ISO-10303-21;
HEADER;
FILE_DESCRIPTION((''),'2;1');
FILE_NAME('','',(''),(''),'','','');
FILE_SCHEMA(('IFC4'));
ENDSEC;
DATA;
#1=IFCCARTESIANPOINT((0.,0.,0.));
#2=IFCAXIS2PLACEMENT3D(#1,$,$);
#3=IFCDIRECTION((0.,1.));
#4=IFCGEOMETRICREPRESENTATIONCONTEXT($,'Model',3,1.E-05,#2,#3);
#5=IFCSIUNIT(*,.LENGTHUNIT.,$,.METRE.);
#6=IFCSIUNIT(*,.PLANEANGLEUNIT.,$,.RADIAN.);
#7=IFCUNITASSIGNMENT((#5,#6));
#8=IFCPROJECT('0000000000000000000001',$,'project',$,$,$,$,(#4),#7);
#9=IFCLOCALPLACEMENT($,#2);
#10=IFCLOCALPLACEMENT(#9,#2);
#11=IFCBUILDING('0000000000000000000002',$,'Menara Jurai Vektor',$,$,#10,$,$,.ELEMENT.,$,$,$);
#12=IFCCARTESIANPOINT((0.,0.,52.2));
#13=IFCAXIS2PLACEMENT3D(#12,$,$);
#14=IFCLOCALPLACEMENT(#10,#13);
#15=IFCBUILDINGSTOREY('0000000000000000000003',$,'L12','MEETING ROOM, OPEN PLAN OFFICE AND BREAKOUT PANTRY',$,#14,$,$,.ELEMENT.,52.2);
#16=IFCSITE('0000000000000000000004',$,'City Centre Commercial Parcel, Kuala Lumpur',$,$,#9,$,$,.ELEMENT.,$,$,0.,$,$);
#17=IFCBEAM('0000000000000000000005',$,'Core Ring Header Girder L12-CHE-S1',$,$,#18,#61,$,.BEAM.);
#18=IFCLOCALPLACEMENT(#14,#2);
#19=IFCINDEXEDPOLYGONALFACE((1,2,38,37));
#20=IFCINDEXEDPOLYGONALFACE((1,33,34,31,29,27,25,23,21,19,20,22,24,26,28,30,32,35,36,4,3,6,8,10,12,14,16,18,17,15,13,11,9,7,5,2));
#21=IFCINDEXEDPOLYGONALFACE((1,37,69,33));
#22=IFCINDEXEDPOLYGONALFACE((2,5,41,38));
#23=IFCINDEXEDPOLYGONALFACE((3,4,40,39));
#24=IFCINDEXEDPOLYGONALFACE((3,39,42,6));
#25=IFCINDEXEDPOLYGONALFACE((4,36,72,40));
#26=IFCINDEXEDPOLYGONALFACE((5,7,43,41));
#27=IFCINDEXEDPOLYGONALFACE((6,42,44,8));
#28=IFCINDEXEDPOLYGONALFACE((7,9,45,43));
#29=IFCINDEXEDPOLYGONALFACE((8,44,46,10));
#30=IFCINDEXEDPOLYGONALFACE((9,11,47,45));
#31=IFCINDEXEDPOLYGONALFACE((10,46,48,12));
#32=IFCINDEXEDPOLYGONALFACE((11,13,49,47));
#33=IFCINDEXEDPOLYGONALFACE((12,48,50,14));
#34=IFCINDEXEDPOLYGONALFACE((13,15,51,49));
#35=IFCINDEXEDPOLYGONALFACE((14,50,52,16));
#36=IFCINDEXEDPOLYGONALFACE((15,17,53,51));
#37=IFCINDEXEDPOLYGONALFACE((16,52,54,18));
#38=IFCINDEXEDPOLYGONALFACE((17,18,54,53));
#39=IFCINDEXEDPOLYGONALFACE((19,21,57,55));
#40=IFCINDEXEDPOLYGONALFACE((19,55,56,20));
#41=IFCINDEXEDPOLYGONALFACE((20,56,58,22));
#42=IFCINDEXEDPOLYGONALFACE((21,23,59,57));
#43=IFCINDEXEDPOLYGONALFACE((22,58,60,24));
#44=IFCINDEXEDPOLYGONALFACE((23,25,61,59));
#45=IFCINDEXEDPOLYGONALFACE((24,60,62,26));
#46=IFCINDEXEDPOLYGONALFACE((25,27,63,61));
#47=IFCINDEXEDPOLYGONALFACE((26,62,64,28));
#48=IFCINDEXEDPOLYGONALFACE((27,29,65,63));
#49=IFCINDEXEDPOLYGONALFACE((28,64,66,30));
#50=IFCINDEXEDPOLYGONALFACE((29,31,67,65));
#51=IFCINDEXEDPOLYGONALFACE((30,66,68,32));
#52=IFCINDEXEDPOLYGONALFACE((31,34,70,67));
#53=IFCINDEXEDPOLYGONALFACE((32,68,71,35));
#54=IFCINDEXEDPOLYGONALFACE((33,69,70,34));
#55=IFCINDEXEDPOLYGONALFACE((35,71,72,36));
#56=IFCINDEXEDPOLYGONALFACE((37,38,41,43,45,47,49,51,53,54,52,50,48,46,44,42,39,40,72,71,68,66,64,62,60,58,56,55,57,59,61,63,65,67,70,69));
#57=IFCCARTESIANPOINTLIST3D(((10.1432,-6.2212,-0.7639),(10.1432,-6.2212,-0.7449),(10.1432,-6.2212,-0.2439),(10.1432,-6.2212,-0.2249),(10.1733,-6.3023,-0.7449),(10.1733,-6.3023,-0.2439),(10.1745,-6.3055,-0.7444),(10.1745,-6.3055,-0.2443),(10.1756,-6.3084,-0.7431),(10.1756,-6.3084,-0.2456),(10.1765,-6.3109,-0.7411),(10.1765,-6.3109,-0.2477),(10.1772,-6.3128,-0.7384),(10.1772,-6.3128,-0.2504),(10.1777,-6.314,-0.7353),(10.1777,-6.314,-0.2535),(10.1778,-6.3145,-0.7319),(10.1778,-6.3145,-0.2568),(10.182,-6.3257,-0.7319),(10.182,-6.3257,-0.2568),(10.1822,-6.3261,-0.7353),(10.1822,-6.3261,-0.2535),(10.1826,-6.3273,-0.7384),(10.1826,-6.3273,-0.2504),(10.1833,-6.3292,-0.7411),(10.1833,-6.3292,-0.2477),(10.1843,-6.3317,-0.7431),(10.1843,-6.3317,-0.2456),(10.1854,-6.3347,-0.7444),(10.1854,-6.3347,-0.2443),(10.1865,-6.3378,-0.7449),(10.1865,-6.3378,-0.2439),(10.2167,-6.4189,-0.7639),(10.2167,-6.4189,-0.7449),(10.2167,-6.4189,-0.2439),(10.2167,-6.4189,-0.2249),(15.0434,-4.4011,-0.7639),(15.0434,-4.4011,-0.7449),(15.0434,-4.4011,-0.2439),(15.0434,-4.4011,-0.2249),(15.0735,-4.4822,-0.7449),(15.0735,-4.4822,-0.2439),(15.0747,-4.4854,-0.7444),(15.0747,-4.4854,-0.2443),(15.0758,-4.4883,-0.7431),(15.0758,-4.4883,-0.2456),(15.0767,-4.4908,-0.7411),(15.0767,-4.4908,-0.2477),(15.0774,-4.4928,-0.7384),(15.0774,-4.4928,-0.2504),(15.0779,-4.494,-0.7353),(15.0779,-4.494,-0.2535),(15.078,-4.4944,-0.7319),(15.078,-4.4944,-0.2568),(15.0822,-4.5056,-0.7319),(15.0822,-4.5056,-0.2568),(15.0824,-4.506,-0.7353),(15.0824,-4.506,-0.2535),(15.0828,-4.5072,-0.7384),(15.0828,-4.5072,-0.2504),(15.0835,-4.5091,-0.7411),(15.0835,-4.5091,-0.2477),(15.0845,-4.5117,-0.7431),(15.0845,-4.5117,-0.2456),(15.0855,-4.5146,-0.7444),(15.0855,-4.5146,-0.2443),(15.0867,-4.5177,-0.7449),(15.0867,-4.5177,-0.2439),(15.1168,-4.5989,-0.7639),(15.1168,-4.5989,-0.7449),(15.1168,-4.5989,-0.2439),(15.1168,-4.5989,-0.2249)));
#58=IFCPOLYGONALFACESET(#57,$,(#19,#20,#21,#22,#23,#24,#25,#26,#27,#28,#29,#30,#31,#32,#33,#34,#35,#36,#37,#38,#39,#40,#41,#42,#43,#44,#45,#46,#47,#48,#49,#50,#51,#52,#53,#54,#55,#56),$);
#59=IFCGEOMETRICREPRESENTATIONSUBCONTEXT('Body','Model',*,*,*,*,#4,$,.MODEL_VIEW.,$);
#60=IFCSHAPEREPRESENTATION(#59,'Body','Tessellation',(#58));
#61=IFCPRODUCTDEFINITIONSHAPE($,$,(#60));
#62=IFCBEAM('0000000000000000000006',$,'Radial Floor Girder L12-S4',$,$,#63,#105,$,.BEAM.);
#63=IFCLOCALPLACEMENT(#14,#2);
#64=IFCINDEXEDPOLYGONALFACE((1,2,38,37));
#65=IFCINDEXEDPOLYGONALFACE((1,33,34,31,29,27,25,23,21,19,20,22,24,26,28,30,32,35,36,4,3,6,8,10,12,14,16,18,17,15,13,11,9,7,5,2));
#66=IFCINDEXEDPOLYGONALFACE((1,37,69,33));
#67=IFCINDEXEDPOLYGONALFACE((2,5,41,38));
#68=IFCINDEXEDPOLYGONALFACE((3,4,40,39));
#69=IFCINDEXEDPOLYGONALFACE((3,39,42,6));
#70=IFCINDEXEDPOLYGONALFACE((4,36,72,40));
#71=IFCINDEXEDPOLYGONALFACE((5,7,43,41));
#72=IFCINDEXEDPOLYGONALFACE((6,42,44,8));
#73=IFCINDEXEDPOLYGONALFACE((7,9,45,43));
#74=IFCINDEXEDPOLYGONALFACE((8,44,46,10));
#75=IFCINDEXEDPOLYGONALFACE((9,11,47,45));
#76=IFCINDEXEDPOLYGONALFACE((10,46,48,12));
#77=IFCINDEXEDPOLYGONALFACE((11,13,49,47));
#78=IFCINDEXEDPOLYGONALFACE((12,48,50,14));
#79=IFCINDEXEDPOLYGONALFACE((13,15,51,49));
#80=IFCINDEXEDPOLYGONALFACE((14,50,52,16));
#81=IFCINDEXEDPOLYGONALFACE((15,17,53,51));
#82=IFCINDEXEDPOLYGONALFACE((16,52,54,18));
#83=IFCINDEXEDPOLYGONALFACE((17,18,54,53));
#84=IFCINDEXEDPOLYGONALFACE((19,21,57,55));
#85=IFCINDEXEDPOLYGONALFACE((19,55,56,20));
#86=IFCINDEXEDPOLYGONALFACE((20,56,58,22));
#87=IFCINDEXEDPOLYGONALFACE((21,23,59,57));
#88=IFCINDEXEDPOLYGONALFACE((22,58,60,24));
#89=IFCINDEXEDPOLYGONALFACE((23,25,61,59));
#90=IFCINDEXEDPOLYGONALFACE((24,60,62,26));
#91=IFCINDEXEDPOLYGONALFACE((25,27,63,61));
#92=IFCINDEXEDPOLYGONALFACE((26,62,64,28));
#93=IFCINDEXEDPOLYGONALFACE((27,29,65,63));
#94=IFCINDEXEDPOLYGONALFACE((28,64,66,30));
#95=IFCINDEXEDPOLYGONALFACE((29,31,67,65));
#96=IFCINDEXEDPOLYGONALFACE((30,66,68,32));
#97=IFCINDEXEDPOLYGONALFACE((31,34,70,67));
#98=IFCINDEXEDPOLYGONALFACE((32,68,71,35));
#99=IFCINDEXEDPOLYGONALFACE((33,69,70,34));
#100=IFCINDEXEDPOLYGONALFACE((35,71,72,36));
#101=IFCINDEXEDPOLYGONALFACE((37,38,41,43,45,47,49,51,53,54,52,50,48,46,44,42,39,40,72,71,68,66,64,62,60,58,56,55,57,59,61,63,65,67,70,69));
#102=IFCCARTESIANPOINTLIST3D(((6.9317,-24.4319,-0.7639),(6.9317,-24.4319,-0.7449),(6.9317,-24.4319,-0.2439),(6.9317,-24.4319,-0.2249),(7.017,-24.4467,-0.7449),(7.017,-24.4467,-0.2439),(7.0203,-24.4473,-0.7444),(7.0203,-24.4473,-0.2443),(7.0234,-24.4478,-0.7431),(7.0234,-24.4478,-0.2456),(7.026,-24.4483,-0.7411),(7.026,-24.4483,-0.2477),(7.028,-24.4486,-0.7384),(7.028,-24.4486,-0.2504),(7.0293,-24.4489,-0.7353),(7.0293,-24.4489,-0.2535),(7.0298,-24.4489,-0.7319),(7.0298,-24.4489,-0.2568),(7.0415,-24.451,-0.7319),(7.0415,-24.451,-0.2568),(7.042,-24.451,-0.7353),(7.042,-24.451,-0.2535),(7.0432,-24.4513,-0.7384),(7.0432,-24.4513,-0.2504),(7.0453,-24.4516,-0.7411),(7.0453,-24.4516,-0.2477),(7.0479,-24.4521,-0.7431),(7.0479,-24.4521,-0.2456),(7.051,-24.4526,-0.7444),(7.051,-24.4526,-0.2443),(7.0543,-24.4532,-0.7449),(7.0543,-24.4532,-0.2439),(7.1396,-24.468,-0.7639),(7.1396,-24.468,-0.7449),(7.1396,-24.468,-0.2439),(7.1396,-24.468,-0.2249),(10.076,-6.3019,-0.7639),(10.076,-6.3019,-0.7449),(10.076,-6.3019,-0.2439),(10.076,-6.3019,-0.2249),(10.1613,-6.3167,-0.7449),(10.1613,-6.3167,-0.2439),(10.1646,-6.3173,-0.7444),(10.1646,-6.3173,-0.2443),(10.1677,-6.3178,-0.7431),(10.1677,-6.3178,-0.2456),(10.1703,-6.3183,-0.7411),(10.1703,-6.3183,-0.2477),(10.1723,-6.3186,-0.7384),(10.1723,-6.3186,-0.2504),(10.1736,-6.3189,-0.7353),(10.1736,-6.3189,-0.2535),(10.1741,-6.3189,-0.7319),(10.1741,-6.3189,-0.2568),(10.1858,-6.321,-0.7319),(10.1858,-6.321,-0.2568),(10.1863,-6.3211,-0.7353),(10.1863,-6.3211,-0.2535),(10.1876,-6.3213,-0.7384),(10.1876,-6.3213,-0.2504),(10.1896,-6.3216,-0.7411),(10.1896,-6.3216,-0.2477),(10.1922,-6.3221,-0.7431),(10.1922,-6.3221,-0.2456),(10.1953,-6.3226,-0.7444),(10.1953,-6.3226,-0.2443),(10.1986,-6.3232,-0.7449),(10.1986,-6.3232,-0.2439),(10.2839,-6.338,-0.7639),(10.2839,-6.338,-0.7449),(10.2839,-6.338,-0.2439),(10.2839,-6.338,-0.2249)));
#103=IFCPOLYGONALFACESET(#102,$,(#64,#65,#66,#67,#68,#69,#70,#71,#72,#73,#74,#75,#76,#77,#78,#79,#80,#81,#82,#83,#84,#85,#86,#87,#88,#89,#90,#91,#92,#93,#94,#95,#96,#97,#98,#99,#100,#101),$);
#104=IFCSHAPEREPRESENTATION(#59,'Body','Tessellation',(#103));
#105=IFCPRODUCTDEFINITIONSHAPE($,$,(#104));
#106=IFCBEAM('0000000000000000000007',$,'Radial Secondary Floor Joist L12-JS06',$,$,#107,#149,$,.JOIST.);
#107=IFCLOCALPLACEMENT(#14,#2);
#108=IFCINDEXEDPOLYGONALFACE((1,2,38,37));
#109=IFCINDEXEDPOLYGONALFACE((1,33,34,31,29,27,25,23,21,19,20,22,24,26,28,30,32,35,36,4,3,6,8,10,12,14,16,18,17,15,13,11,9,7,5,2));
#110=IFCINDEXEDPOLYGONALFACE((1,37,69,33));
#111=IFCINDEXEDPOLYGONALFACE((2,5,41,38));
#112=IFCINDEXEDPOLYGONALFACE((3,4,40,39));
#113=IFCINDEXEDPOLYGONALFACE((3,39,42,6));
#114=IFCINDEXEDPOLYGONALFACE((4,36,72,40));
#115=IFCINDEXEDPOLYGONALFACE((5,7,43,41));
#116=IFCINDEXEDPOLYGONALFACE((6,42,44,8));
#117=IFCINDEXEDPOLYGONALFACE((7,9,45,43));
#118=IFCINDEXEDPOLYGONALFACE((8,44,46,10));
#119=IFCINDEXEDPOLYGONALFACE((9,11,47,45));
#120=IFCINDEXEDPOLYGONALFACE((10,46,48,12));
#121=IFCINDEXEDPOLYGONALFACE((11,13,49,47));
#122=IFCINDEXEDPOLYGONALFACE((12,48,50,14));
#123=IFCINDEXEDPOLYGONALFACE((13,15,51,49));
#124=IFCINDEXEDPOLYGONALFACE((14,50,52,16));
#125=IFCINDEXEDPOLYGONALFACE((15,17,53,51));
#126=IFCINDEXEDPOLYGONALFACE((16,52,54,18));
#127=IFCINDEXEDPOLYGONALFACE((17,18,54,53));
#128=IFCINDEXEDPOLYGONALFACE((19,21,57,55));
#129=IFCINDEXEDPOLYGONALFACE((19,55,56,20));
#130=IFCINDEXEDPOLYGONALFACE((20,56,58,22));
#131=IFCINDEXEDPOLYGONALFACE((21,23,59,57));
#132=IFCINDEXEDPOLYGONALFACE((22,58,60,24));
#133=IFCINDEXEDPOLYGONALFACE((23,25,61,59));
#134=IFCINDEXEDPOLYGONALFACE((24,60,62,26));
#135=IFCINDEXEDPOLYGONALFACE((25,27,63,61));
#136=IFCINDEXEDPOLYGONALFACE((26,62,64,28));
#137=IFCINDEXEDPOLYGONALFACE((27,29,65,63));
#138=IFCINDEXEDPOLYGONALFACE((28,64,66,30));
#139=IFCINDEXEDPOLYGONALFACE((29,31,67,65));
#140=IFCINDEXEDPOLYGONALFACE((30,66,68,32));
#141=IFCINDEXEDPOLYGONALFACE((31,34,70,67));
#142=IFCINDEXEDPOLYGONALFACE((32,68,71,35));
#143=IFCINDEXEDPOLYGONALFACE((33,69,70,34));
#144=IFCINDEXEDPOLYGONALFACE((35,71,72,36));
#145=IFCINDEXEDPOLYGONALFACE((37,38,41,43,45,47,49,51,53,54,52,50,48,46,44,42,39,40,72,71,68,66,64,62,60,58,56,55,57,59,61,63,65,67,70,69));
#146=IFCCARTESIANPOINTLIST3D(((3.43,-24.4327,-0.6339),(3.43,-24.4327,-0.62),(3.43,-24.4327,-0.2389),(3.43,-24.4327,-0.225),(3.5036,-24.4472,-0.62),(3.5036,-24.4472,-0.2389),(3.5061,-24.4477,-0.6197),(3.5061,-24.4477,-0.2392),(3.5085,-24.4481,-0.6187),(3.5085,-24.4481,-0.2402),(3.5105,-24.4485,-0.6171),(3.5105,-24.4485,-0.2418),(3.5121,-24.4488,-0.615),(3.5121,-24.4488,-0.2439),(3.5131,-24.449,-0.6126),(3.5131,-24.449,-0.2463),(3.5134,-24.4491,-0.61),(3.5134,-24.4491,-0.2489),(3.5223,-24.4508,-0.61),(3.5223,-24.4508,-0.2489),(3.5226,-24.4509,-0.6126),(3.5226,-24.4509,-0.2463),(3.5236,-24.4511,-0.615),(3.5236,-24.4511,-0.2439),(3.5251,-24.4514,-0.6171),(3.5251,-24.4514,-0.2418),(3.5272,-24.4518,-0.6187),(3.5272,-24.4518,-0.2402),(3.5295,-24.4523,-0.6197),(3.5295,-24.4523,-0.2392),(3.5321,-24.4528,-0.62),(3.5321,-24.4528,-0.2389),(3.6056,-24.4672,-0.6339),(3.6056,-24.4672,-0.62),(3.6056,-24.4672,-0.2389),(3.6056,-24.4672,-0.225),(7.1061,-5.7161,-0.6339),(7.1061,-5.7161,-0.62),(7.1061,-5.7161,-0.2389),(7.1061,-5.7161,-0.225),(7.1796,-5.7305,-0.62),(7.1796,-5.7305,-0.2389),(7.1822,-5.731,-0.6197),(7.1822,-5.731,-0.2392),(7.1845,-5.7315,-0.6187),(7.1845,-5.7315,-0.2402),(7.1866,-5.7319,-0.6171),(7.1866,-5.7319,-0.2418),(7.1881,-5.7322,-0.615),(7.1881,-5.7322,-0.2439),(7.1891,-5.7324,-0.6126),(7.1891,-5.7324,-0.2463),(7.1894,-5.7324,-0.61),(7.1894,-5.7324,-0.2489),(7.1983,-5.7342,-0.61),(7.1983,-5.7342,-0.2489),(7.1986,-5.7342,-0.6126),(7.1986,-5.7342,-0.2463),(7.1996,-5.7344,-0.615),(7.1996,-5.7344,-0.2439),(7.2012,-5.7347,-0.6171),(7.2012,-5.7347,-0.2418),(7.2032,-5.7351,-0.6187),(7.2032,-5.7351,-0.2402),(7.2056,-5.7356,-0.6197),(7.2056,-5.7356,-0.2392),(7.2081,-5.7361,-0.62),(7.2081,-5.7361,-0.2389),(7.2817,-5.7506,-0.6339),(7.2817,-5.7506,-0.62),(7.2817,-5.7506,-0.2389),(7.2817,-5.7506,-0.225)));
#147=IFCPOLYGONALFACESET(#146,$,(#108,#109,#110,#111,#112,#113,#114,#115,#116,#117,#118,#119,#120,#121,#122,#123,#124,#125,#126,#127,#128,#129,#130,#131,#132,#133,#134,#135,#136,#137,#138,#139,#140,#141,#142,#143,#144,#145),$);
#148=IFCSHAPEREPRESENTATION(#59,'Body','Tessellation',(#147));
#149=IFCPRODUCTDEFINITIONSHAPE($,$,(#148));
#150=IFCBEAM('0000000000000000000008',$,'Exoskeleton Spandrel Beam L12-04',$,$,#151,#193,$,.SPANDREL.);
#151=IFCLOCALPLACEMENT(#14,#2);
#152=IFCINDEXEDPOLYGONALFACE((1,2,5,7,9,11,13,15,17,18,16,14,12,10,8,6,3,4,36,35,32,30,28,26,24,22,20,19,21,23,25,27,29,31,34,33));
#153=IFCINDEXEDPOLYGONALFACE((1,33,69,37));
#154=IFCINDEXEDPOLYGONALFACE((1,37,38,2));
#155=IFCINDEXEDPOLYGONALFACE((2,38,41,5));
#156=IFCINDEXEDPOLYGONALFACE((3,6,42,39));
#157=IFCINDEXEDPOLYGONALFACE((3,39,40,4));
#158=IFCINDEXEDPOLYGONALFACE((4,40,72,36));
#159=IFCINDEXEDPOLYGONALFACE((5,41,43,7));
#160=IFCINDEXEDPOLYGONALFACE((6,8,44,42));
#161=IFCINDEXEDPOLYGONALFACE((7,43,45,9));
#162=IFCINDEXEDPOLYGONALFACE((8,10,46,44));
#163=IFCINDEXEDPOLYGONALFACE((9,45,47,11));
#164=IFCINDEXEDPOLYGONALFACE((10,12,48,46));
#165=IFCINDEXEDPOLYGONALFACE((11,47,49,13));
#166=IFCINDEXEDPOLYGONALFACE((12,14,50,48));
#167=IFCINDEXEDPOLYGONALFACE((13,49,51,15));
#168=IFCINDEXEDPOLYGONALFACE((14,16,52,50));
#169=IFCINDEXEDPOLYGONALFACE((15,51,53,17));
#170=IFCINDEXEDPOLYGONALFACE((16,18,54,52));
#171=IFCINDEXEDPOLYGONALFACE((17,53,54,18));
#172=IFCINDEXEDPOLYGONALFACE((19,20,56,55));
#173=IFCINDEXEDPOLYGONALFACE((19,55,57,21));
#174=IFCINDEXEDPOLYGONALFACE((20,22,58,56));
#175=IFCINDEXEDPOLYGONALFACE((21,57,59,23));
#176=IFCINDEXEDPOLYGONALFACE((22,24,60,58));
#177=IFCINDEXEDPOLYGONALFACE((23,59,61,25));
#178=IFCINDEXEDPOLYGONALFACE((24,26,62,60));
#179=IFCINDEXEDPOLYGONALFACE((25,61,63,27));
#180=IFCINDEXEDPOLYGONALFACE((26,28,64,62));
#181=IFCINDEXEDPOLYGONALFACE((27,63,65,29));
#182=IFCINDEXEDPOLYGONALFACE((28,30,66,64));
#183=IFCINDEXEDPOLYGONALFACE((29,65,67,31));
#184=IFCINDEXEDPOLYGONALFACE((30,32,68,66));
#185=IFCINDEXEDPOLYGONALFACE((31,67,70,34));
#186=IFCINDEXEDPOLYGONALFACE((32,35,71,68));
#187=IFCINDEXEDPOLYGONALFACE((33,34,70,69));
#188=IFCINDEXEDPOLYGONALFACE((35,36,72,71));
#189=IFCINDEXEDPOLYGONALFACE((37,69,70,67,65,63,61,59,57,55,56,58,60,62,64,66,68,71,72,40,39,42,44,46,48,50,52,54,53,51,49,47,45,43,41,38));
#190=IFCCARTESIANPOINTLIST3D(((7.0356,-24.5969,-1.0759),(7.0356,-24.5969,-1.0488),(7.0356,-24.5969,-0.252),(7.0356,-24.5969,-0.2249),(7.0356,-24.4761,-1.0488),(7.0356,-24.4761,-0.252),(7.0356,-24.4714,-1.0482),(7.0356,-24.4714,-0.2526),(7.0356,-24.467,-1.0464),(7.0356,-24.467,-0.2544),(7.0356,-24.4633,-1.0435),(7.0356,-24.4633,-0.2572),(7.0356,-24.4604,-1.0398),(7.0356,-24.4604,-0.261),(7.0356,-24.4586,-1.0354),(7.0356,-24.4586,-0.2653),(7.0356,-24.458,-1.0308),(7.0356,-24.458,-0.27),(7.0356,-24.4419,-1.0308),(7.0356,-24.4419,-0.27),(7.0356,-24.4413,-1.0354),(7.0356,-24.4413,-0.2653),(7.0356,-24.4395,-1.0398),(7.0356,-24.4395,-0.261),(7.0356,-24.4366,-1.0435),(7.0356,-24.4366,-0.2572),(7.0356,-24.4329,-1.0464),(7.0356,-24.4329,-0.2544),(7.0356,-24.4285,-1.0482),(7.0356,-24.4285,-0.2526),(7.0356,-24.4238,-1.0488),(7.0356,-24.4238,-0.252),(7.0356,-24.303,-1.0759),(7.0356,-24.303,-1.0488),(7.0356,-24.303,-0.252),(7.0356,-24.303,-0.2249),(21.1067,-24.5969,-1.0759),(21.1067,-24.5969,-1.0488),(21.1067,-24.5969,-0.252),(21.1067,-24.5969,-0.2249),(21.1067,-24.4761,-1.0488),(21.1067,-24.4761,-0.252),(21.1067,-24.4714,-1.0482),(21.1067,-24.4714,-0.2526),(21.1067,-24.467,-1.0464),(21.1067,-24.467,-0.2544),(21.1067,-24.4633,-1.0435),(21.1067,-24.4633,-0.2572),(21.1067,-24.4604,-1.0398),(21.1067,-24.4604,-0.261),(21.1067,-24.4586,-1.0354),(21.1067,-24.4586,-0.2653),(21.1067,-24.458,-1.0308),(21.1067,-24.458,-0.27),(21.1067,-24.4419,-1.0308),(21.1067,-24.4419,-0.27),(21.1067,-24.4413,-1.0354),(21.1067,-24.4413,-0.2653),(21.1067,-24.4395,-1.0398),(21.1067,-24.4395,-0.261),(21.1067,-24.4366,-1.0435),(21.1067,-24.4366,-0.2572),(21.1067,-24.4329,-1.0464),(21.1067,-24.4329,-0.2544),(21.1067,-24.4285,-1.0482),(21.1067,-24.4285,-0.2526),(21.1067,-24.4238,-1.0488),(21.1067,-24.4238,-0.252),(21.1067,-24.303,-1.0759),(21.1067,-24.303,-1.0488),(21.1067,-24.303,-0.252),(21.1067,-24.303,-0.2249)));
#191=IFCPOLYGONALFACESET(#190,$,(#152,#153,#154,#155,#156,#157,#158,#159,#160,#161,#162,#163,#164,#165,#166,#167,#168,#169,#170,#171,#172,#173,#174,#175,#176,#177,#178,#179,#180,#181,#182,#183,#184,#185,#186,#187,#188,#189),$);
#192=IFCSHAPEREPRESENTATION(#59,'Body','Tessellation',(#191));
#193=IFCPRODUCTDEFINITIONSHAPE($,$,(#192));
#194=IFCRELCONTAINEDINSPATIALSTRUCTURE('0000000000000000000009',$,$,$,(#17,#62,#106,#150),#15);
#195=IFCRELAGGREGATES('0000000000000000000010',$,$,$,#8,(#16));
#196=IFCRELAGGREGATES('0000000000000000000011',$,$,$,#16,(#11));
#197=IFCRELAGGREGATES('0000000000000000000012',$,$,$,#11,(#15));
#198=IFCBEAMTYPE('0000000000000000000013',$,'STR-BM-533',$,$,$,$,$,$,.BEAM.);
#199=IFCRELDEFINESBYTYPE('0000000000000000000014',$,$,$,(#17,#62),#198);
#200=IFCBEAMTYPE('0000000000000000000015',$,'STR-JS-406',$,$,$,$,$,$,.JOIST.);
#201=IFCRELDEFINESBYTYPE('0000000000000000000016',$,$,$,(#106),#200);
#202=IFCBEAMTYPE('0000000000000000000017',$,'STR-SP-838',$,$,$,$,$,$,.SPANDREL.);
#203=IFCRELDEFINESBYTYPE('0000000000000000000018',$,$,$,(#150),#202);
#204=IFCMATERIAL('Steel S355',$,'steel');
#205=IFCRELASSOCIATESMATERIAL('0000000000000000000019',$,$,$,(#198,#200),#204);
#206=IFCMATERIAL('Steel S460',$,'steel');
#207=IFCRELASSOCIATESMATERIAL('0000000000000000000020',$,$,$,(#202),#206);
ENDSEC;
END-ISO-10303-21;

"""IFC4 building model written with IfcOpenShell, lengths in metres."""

from ifc_helpers import new_model, si_unit, direction, frame, origin, origin_2d, place, context, subcontext, project, spatial, i_section, extrude, material, material_profile, profile_set, type_object, element, save


model = new_model("IFC4")

# Units and contexts
model_context = context("Model", 3, precision=1e-05, world=origin(), true_north=direction((0.0, 1.0)))
body_context = subcontext(model_context, "Body", "Model", "MODEL_VIEW")
ifc_project = project(units=[si_unit("LENGTHUNIT", "METRE"), si_unit("PLANEANGLEUNIT", "RADIAN")], contexts=[model_context])

# Site, building, storey
site_placement = place(None, origin())
site = spatial("IfcSite", under=ifc_project, at=site_placement, Name="City Centre Commercial Parcel, Kuala Lumpur", CompositionType="ELEMENT", RefElevation=0.0)
building_placement = place(site_placement, origin())
building = spatial("IfcBuilding", under=site, at=building_placement, Name="Menara Jurai Vektor", CompositionType="ELEMENT")
storey_placement = place(building_placement, frame((0.0, 0.0, 52.2)))
storey = spatial("IfcBuildingStorey", under=building, at=storey_placement, Name="L12", Description="MEETING ROOM, OPEN PLAN OFFICE AND BREAKOUT PANTRY", CompositionType="ELEMENT", Elevation=52.2)

# Shared definitions
ifc_material_1 = material(Name="Steel S460", Category="steel")

# Beams
ifc_material_2 = material(Name="Steel S355", Category="steel")
ifc_material_profile_1 = material_profile(ifc_material_2, i_section(OverallWidth=0.2109, OverallDepth=0.5391, WebThickness=0.012, FlangeThickness=0.019, FilletRadius=0.0129, at=origin_2d()), Name="UKB 533x210x109")
ifc_profile_set_1 = profile_set([ifc_material_profile_1], Name="Steel S355")
beam_type_1 = type_object("IfcBeamType", Name="STR-BM-533", PredefinedType="BEAM", material=ifc_profile_set_1)
beam_1_placement = place(storey_placement, frame((10.1799, -6.3201, -0.4944), z_axis=(0.937424, 0.348189, 0.0), x_axis=(-0.348189, 0.937424, 0.0)))
element("IfcBeam", 1, at=beam_1_placement, inside=storey, type_object=beam_type_1, Name="Core Ring Header Girder L12-CHE-S1", PredefinedType="BEAM", context=body_context, shape_type="SweptSolid", body=[
    extrude(i_section(OverallWidth=0.2109, OverallDepth=0.5391, WebThickness=0.012, FlangeThickness=0.019, FilletRadius=0.0129, at=origin_2d()), origin(), (0.0, 0.0, 1.0), 5.2273),
])
beam_2_placement = place(storey_placement, frame((7.0356, -24.45, -0.4944), z_axis=(0.17088, 0.985292, 0.0), x_axis=(-0.985292, 0.17088, 0.0)))
element("IfcBeam", 2, at=beam_2_placement, inside=storey, type_object=beam_type_1, Name="Radial Floor Girder L12-S4", PredefinedType="BEAM", context=body_context, shape_type="SweptSolid", body=[
    extrude(i_section(OverallWidth=0.2109, OverallDepth=0.5391, WebThickness=0.012, FlangeThickness=0.019, FilletRadius=0.0129, at=origin_2d()), origin(), (0.0, 0.0, 1.0), 18.4006),
])
ifc_material_profile_2 = material_profile(ifc_material_2, i_section(OverallWidth=0.179, OverallDepth=0.4089, WebThickness=0.009, FlangeThickness=0.0139, FilletRadius=0.01, at=origin_2d()), Name="UKB 406x178x67")
ifc_profile_set_2 = profile_set([ifc_material_profile_2], Name="Steel S355")
beam_type_2 = type_object("IfcBeamType", Name="STR-JS-406", PredefinedType="JOIST", material=ifc_profile_set_2)
beam_3_placement = place(storey_placement, frame((3.5178, -24.45, -0.4294), z_axis=(0.192723, 0.981253, 0.0), x_axis=(-0.981253, 0.192723, 0.0)))
element("IfcBeam", 3, at=beam_3_placement, inside=storey, type_object=beam_type_2, Name="Radial Secondary Floor Joist L12-JS06", PredefinedType="JOIST", context=body_context, shape_type="SweptSolid", body=[
    extrude(i_section(OverallWidth=0.179, OverallDepth=0.4089, WebThickness=0.009, FlangeThickness=0.0139, FilletRadius=0.01, at=origin_2d()), origin(), (0.0, 0.0, 1.0), 19.0742),
])
ifc_material_profile_3 = material_profile(ifc_material_1, i_section(OverallWidth=0.2939, OverallDepth=0.8511, WebThickness=0.0161, FlangeThickness=0.0271, FilletRadius=0.0181, at=origin_2d()), Name="UKB 838x292x226")
ifc_profile_set_3 = profile_set([ifc_material_profile_3], Name="Steel S460")
beam_type_3 = type_object("IfcBeamType", Name="STR-SP-838", PredefinedType="SPANDREL", material=ifc_profile_set_3)
beam_4_placement = place(storey_placement, frame((7.0356, -24.45, -0.6504), z_axis=(1.0, 0.0, 0.0), x_axis=(0.0, 1.0, 0.0)))
element("IfcBeam", 4, at=beam_4_placement, inside=storey, type_object=beam_type_3, Name="Exoskeleton Spandrel Beam L12-04", PredefinedType="SPANDREL", context=body_context, shape_type="SweptSolid", body=[
    extrude(i_section(OverallWidth=0.2939, OverallDepth=0.8511, WebThickness=0.0161, FlangeThickness=0.0271, FilletRadius=0.0181, at=origin_2d()), origin(), (0.0, 0.0, 1.0), 14.071),
])

save(model, "model.ifc")
